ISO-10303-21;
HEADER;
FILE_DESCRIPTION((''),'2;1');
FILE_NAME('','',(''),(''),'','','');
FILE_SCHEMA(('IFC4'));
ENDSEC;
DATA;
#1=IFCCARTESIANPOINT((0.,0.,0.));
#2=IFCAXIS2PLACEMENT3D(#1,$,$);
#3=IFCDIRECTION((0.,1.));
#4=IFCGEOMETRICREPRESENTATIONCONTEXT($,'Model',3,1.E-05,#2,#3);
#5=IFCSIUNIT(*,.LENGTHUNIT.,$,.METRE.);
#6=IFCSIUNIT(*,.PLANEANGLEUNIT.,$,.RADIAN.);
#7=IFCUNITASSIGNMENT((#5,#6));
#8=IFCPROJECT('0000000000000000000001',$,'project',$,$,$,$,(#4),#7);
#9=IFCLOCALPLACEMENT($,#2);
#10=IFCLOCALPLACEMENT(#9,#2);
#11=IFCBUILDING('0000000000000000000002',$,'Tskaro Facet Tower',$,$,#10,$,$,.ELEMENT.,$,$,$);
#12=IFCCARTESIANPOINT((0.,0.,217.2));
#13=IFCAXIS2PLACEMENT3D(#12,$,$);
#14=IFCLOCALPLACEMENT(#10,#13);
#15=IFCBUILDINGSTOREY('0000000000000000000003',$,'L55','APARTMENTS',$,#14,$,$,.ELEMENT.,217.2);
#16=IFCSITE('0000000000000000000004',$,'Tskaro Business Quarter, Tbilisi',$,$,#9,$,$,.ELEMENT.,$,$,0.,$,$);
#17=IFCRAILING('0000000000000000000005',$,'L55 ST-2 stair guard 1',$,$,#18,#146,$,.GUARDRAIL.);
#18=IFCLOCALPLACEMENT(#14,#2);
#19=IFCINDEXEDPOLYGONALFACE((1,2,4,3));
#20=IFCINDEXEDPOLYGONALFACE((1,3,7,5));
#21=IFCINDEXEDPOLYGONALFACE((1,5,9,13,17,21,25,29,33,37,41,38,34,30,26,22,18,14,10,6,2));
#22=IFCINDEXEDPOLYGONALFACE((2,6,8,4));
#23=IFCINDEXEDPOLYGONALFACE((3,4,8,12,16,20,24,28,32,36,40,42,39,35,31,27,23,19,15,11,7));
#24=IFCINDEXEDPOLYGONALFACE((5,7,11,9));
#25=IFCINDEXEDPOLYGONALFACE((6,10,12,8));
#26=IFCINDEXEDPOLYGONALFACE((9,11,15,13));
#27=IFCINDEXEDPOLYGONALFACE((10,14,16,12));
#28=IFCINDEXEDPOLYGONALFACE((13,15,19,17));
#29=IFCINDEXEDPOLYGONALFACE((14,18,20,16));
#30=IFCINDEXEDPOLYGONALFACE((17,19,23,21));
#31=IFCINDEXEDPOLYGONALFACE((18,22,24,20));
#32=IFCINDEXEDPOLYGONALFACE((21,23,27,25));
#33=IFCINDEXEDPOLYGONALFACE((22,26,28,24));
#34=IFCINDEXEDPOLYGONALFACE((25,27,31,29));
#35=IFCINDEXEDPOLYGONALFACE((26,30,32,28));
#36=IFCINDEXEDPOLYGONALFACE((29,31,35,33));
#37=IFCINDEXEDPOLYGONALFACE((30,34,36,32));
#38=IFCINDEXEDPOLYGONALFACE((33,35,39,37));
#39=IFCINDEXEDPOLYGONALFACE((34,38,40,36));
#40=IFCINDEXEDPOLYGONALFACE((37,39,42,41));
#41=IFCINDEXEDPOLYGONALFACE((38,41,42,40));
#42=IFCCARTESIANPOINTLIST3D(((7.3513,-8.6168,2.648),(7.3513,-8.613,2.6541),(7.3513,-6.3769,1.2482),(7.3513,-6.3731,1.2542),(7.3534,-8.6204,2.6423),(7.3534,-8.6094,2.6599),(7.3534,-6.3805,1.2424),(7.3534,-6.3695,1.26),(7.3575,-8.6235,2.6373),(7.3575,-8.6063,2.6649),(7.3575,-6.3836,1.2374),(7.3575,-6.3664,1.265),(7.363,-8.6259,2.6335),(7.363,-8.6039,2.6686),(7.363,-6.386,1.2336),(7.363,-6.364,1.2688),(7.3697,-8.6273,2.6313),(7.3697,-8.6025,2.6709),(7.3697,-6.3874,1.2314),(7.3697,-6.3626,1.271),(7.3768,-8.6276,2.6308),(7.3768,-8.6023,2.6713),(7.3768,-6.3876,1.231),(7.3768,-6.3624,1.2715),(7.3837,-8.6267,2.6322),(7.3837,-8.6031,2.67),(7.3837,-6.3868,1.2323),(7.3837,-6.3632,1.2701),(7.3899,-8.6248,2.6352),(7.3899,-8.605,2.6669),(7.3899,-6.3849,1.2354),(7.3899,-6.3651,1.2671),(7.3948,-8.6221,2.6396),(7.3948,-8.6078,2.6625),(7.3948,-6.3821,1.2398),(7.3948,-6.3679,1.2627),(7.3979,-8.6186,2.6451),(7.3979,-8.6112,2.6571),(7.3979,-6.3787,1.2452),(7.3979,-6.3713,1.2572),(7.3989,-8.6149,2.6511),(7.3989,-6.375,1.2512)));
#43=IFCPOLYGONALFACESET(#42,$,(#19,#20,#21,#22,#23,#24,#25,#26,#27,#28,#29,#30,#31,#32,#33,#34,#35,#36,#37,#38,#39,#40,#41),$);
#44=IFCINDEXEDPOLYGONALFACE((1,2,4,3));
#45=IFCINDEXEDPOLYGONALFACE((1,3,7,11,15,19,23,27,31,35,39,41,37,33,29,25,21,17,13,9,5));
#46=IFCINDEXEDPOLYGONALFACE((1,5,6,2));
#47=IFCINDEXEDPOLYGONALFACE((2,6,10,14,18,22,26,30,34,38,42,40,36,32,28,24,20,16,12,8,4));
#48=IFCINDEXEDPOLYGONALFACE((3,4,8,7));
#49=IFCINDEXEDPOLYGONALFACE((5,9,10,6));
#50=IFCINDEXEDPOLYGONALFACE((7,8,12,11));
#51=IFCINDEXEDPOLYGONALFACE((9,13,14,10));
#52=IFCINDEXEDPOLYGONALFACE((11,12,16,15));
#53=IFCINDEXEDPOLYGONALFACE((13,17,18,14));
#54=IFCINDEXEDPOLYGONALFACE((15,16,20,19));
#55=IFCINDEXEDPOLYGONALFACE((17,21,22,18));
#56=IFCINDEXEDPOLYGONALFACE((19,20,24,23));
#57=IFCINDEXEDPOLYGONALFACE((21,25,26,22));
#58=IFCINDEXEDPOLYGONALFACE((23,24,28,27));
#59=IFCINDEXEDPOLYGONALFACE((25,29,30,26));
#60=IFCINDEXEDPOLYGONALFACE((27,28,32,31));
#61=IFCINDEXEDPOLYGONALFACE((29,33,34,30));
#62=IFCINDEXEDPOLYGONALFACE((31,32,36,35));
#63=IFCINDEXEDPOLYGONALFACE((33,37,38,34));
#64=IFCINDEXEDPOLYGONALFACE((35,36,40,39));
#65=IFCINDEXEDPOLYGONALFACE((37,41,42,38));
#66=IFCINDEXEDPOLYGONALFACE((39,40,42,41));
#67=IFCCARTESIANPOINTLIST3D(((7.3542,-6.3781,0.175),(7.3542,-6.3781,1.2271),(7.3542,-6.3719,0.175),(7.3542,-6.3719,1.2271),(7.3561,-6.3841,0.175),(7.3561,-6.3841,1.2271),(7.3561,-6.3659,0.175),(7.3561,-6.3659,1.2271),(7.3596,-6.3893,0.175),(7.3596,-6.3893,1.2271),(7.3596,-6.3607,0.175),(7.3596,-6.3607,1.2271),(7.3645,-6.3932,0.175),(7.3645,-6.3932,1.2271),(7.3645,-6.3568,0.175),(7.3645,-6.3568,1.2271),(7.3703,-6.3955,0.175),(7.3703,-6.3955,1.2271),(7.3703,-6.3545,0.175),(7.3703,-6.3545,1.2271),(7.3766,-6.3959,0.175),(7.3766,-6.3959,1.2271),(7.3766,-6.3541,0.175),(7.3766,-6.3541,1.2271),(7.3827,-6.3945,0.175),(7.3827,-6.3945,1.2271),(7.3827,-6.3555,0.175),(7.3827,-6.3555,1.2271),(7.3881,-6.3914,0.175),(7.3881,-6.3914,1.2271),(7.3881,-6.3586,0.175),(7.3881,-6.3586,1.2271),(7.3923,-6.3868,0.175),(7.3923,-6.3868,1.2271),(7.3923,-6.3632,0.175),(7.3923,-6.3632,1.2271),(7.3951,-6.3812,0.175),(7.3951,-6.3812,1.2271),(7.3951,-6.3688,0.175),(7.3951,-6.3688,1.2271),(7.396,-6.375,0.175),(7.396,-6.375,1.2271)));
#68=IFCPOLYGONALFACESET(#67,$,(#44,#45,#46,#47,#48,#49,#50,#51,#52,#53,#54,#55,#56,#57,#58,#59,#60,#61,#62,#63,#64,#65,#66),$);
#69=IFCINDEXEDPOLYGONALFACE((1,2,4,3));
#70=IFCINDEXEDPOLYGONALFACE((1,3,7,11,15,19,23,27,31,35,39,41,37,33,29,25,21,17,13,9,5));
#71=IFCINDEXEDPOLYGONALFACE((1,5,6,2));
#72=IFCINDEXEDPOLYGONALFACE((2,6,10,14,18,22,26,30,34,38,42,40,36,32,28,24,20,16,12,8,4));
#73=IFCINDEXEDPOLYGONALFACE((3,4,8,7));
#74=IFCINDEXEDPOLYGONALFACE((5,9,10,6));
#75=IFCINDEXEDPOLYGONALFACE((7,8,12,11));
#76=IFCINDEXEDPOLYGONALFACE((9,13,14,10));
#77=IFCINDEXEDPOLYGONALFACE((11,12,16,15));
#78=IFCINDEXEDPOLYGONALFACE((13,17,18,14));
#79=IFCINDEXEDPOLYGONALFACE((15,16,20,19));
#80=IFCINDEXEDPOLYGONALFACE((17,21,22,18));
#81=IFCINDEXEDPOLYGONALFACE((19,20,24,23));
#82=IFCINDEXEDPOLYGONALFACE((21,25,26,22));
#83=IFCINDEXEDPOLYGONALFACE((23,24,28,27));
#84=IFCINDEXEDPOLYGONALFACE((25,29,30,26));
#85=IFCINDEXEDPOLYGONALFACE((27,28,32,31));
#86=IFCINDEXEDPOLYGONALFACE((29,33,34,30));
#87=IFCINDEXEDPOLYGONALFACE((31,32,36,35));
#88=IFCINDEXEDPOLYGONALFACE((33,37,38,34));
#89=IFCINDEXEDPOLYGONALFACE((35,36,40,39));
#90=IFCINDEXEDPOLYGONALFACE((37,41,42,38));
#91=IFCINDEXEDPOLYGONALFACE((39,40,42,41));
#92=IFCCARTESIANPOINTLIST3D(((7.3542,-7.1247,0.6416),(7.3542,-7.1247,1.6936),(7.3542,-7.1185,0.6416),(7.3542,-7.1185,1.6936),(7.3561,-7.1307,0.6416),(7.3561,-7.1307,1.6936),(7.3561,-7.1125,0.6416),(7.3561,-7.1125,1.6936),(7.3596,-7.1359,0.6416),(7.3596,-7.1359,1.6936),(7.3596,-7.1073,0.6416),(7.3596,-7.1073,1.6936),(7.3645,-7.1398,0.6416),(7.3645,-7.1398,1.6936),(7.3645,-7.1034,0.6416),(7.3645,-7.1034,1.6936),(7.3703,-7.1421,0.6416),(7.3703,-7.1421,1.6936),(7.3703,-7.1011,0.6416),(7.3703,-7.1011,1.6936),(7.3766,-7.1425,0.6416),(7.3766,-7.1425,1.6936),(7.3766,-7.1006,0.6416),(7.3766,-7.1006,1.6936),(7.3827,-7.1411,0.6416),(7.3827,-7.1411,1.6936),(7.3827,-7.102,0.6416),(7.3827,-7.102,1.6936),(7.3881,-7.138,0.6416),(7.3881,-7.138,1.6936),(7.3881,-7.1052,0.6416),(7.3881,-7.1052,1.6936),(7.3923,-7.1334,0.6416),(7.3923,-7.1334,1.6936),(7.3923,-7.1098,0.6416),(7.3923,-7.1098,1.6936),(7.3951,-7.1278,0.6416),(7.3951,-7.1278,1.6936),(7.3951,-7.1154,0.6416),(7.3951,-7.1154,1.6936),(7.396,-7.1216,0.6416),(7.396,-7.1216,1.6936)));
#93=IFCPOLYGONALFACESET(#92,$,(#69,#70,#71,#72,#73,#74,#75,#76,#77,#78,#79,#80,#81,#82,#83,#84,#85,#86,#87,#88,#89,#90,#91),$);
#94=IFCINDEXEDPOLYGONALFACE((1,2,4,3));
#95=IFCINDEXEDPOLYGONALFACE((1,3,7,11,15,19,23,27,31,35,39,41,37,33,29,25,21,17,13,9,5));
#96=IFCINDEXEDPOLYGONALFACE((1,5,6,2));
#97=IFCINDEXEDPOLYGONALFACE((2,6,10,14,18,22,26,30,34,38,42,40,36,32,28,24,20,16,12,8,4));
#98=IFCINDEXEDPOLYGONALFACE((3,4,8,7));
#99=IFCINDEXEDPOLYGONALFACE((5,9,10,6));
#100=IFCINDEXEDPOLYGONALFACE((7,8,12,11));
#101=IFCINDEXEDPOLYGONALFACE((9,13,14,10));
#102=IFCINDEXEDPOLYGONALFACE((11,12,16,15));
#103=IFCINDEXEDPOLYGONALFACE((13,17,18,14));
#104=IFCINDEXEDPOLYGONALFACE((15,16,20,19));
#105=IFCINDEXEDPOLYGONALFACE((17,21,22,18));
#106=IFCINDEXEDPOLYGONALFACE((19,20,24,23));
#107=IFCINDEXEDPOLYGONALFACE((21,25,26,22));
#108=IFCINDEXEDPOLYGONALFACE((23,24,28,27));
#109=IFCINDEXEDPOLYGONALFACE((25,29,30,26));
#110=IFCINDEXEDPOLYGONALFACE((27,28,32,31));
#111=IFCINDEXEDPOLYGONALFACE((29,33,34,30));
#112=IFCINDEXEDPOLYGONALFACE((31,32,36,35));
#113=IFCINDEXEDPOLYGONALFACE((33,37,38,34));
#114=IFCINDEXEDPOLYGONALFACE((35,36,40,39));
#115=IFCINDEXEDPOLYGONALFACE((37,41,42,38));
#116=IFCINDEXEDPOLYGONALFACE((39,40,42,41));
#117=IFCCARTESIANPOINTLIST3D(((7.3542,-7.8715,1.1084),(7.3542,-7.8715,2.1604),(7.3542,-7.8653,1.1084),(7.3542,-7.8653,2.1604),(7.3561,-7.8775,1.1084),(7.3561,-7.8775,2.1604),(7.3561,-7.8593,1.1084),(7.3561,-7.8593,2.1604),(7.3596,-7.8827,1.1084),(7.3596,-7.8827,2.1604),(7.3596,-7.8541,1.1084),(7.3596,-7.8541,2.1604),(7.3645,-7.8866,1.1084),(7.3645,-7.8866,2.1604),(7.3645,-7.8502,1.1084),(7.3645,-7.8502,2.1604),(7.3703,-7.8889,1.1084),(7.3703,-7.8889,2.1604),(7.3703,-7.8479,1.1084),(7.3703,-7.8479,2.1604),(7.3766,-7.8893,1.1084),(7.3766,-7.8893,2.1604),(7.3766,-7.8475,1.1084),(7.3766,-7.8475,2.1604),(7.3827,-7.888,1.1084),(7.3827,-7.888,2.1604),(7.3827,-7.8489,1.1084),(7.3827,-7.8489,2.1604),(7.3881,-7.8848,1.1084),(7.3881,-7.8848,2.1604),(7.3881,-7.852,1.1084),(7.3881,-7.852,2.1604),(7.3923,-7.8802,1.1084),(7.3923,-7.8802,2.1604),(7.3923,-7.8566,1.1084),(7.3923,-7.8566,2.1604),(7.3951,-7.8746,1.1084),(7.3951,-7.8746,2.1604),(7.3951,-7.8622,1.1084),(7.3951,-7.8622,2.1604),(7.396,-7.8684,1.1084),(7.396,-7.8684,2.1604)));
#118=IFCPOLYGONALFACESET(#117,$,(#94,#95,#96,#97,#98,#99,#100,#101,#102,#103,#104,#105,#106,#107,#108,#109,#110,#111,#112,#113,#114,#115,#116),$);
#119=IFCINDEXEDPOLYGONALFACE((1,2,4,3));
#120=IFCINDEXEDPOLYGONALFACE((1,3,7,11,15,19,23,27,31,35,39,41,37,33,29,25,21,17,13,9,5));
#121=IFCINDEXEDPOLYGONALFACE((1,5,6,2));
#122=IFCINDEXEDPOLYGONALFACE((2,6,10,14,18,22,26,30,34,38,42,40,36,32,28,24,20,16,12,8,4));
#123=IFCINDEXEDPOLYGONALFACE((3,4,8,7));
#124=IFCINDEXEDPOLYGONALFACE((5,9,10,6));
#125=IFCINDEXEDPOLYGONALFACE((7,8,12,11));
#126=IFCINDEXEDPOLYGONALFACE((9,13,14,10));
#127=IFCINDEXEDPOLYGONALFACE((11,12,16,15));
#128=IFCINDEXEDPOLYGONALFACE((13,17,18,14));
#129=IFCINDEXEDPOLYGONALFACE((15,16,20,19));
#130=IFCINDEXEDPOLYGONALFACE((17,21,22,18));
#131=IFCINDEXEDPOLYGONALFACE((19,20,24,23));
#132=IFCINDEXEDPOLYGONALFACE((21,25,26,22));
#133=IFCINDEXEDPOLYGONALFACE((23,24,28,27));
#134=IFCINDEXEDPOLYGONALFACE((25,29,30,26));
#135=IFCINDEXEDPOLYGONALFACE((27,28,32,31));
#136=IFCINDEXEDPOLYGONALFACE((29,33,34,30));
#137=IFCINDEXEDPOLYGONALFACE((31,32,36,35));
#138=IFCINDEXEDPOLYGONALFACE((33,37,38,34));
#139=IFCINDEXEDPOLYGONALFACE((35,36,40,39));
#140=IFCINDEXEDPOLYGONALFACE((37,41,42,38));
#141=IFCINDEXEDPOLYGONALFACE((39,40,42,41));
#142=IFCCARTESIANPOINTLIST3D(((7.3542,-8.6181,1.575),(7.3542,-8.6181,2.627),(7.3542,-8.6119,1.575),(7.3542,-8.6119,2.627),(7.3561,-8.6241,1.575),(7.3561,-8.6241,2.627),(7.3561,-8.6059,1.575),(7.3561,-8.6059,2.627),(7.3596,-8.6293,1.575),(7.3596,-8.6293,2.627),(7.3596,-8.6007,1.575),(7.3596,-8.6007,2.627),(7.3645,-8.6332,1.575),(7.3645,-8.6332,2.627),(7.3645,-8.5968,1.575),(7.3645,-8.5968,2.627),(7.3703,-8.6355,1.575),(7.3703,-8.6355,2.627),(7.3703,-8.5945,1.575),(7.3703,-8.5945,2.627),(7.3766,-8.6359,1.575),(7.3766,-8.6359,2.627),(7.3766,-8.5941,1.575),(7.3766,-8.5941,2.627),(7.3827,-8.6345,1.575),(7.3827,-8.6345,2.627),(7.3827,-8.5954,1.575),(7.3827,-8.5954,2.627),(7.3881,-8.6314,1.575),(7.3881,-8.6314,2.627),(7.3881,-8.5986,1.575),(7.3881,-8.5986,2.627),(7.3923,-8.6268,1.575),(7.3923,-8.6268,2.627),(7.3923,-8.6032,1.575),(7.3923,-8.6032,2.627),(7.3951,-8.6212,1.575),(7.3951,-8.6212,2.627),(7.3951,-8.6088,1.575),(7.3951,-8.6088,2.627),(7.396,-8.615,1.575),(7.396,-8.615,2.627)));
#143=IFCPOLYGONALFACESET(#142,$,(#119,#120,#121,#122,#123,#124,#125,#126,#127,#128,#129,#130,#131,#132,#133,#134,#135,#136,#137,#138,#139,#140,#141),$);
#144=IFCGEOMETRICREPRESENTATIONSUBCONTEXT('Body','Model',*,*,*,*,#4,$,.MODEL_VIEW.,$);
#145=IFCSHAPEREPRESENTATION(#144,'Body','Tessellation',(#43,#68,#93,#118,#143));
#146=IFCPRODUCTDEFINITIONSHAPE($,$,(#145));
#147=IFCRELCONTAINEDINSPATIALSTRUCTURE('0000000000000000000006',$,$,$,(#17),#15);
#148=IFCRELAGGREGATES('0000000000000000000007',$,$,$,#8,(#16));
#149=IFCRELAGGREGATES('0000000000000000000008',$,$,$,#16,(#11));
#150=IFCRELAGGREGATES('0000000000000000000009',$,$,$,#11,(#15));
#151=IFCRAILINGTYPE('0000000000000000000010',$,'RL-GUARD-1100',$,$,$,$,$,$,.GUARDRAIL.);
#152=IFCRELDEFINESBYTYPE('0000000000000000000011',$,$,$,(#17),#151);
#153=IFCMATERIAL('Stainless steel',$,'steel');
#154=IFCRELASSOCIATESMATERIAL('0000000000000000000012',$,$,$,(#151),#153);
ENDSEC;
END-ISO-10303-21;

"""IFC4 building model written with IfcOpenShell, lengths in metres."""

from ifc_helpers import new_model, si_unit, direction, frame, origin, origin_2d, place, context, subcontext, project, spatial, circle, extrude, material, type_object, element, save


model = new_model("IFC4")

# Units and contexts
model_context = context("Model", 3, precision=1e-05, world=origin(), true_north=direction((0.0, 1.0)))
body_context = subcontext(model_context, "Body", "Model", "MODEL_VIEW")
ifc_project = project(units=[si_unit("LENGTHUNIT", "METRE"), si_unit("PLANEANGLEUNIT", "RADIAN")], contexts=[model_context])

# Site, building, storey
site_placement = place(None, origin())
site = spatial("IfcSite", under=ifc_project, at=site_placement, Name="Tskaro Business Quarter, Tbilisi", CompositionType="ELEMENT", RefElevation=0.0)
building_placement = place(site_placement, origin())
building = spatial("IfcBuilding", under=site, at=building_placement, Name="Tskaro Facet Tower", CompositionType="ELEMENT")
storey_placement = place(building_placement, frame((0.0, 0.0, 217.2)))
storey = spatial("IfcBuildingStorey", under=building, at=storey_placement, Name="L55", Description="APARTMENTS", CompositionType="ELEMENT", Elevation=217.2)

# Shared definitions
ifc_material_1 = material(Name="Stainless steel", Category="steel")

# Railing
railing_type = type_object("IfcRailingType", Name="RL-GUARD-1100", PredefinedType="GUARDRAIL", material=ifc_material_1)
railing_1_placement = place(storey_placement, frame((7.375, -6.375, 0.175)))
element("IfcRailing", 1, at=railing_1_placement, inside=storey, type_object=railing_type, Name="L55 ST-2 stair guard 1", PredefinedType="GUARDRAIL", context=body_context, shape_type="SweptSolid", body=[
    extrude(circle(Radius=0.0239, at=origin_2d()), frame((0.0, 0.0, 1.0762), z_axis=(0.0, -0.848014, 0.529974), x_axis=(1.0, 0.0, 0.0)), (0.0, 0.0, 1.0), 2.6414),
    extrude(circle(Radius=0.021, at=origin_2d()), origin(), (0.0, 0.0, 1.0), 1.052),
    extrude(circle(Radius=0.021, at=origin_2d()), frame((0.0, -0.7466, 0.4666)), (0.0, 0.0, 1.0), 1.052),
    extrude(circle(Radius=0.021, at=origin_2d()), frame((0.0, -1.4934, 0.9333)), (0.0, 0.0, 1.0), 1.052),
    extrude(circle(Radius=0.021, at=origin_2d()), frame((0.0, -2.24, 1.3999)), (0.0, 0.0, 1.0), 1.052),
])

save(model, "model.ifc")
